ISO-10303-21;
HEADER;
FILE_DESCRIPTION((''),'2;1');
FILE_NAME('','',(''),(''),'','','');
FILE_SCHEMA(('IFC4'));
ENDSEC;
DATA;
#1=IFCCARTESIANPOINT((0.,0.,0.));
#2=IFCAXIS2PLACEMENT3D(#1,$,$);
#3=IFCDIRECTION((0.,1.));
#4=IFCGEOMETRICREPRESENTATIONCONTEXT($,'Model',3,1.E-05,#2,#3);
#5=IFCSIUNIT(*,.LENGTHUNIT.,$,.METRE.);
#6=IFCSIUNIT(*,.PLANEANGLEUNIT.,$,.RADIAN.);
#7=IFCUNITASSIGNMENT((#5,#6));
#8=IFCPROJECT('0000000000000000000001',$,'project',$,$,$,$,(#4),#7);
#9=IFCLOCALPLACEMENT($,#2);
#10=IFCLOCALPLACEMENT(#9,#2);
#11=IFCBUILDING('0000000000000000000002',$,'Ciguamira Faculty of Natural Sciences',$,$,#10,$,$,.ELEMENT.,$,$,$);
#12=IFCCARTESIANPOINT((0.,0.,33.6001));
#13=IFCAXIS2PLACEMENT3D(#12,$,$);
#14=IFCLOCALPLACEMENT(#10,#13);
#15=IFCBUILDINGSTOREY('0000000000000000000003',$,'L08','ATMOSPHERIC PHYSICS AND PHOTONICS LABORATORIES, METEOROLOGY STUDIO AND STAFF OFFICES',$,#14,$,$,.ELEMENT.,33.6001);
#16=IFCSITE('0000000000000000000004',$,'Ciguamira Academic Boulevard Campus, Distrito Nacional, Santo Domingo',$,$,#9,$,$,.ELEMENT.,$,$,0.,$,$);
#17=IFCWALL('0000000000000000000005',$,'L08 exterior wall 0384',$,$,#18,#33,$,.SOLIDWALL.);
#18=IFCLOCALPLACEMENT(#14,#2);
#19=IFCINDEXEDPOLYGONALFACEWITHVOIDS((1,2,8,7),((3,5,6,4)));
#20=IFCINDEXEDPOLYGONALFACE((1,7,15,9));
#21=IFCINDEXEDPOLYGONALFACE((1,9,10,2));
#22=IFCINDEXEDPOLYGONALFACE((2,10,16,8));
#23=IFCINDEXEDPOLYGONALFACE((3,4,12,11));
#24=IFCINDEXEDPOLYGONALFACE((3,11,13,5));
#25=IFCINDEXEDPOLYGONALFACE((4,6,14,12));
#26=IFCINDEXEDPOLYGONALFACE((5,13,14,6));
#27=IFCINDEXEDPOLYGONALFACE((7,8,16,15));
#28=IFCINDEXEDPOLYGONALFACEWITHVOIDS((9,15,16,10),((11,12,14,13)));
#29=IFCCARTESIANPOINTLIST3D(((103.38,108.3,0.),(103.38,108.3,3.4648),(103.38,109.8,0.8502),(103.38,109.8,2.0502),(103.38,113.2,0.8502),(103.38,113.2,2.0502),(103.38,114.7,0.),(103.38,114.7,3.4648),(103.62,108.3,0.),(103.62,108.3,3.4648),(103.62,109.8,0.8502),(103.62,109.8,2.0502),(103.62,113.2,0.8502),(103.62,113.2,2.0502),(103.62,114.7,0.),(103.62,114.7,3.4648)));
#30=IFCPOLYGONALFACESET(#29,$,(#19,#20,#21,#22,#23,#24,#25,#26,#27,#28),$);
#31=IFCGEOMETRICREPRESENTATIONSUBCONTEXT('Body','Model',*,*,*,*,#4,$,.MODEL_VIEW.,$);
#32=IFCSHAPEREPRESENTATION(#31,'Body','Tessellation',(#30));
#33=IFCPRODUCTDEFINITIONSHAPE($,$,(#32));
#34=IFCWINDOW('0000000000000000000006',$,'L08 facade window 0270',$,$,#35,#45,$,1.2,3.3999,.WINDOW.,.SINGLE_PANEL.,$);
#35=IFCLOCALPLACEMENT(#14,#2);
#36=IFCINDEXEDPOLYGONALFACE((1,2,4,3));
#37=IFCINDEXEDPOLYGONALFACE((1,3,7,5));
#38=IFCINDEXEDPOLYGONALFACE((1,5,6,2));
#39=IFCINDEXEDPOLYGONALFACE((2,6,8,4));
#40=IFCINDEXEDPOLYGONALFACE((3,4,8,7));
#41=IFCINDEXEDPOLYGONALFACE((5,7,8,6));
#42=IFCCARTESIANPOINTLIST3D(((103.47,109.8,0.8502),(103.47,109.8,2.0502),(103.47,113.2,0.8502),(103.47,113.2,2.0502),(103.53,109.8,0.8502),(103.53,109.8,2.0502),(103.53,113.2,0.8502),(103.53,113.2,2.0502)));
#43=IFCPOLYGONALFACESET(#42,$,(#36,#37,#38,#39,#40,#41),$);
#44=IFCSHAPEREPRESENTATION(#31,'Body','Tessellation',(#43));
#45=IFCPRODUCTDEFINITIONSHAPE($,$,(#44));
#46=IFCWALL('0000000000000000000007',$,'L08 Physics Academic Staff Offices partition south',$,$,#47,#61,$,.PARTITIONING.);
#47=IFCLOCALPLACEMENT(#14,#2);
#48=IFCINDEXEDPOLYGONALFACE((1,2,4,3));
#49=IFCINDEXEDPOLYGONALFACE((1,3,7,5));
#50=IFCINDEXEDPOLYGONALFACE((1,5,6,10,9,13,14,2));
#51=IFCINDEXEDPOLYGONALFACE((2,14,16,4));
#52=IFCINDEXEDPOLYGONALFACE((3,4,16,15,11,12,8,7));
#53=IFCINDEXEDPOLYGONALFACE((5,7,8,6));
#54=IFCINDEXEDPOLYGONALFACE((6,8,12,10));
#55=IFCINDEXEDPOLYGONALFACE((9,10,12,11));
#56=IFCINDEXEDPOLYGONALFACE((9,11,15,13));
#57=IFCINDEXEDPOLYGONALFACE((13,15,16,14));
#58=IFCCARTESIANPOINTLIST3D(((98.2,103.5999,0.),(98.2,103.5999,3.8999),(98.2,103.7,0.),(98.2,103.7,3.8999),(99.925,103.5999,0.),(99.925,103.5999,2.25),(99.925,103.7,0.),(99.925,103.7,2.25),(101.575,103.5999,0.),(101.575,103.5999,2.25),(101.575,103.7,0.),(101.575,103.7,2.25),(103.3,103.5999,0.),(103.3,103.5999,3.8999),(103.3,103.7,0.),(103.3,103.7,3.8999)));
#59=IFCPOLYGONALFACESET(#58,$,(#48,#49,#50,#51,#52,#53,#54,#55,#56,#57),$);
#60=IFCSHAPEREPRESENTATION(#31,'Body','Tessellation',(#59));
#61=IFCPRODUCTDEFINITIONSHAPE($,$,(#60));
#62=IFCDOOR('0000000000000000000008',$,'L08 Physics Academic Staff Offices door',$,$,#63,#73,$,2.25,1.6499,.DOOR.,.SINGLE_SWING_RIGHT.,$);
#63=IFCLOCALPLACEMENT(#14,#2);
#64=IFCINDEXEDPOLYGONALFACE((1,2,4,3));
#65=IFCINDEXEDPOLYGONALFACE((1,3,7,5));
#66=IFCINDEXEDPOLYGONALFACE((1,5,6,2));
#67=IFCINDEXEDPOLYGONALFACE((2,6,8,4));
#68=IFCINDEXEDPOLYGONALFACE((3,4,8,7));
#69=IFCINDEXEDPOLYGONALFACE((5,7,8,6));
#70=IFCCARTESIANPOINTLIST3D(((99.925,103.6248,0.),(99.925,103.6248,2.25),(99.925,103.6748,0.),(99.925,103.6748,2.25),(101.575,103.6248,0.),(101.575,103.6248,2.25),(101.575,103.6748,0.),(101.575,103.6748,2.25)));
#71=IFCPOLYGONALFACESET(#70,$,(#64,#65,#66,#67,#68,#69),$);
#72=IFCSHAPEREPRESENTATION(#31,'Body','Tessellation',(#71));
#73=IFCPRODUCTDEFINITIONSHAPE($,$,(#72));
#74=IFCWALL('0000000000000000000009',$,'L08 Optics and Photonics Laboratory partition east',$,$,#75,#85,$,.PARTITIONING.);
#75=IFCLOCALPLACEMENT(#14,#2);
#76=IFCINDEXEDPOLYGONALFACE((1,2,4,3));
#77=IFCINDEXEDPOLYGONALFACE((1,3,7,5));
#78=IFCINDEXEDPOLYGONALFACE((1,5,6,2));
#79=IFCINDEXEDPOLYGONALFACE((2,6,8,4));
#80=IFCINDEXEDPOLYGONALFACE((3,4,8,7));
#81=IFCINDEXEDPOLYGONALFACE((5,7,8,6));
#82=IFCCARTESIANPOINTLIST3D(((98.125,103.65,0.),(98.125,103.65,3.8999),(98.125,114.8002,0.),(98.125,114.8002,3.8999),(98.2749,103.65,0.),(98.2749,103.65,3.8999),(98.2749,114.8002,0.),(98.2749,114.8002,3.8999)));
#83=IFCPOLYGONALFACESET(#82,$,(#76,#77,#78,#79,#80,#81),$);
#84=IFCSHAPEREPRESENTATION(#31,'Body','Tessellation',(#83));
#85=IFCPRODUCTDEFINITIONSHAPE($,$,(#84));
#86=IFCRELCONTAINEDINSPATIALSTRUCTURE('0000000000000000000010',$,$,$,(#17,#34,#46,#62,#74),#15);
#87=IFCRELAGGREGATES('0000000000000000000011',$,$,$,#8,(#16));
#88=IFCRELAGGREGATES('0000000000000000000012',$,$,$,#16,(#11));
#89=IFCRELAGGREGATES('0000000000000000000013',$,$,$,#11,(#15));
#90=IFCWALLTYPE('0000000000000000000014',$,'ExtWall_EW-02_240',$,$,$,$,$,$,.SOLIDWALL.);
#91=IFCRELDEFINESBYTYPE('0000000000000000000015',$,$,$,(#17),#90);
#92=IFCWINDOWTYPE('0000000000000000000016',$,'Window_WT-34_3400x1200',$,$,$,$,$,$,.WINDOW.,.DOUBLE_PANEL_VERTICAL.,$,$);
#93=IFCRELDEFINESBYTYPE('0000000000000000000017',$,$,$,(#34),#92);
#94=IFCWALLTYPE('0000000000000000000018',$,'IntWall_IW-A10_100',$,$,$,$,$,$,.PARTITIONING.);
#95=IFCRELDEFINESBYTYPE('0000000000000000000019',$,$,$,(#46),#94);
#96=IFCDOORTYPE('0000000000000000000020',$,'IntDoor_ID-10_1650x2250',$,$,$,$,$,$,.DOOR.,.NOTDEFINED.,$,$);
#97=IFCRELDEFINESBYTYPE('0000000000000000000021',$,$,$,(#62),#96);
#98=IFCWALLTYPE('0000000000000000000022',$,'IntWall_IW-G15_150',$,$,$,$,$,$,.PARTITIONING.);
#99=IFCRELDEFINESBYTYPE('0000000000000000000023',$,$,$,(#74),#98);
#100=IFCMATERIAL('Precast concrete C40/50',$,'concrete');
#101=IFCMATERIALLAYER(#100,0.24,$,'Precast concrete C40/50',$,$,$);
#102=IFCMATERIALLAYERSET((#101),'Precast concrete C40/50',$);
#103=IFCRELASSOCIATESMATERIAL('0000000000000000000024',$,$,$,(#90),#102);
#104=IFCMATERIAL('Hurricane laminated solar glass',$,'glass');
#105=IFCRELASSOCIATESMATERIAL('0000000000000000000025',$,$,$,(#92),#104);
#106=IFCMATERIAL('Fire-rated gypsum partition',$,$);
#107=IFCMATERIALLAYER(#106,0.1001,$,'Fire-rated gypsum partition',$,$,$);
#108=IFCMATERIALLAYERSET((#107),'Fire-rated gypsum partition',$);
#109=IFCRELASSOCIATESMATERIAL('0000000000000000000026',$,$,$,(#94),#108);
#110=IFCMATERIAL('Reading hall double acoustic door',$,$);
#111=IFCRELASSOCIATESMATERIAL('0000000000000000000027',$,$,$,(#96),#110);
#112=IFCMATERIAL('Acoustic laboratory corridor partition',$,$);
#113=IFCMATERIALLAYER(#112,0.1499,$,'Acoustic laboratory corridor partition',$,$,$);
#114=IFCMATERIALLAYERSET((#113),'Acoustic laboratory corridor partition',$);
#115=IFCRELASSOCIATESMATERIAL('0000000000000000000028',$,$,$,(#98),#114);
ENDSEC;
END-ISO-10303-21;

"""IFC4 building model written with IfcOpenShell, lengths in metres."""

from ifc_helpers import new_model, si_unit, direction, frame, frame_2d, origin, place, context, subcontext, project, spatial, rectangle, extrude, material, layer, layer_set, type_object, element, fill, save


model = new_model("IFC4")

# Units and contexts
model_context = context("Model", 3, precision=1e-05, world=origin(), true_north=direction((0.0, 1.0)))
body_context = subcontext(model_context, "Body", "Model", "MODEL_VIEW")
ifc_project = project(units=[si_unit("LENGTHUNIT", "METRE"), si_unit("PLANEANGLEUNIT", "RADIAN")], contexts=[model_context])

# Site, building, storey
site_placement = place(None, origin())
site = spatial("IfcSite", under=ifc_project, at=site_placement, Name="Ciguamira Academic Boulevard Campus, Distrito Nacional, Santo Domingo", CompositionType="ELEMENT", RefElevation=0.0)
building_placement = place(site_placement, origin())
building = spatial("IfcBuilding", under=site, at=building_placement, Name="Ciguamira Faculty of Natural Sciences", CompositionType="ELEMENT")
storey_placement = place(building_placement, frame((0.0, 0.0, 33.6001)))
storey = spatial("IfcBuildingStorey", under=building, at=storey_placement, Name="L08", Description="ATMOSPHERIC PHYSICS AND PHOTONICS LABORATORIES, METEOROLOGY STUDIO AND STAFF OFFICES", CompositionType="ELEMENT", Elevation=33.6001)

# Shared definitions
ifc_material_1 = material(Name="Precast concrete C40/50", Category="concrete")

# Wall, opening, window
ifc_layer_1 = layer(ifc_material_1, 0.24, Name="Precast concrete C40/50")
ifc_layer_set_1 = layer_set([ifc_layer_1], Name="Precast concrete C40/50")
wall_type_1 = type_object("IfcWallType", Name="ExtWall_EW-02_240", PredefinedType="SOLIDWALL", material=ifc_layer_set_1)
ifc_material_2 = material(Name="Hurricane laminated solar glass", Category="glass")
wall_1_placement = place(storey_placement, frame((103.5, 108.3, 0.0), z_axis=(0.0, 0.0, 1.0), x_axis=(0.0, 1.0, 0.0)))
wall_1 = element("IfcWall", 1, at=wall_1_placement, inside=storey, type_object=wall_type_1, Name="L08 exterior wall 0384", PredefinedType="SOLIDWALL", context=body_context, shape_type="SweptSolid", body=[
    extrude(rectangle(XDim=6.3999, YDim=0.24, at=frame_2d((3.2, 0.0))), origin(), (0.0, 0.0, 1.0), 3.4648),
])
opening_1_placement = place(wall_1_placement, frame((1.5, 0.0, 0.8501)))
opening_1 = element("IfcOpeningElement", 2, at=opening_1_placement, cuts=wall_1, PredefinedType="OPENING", context=body_context, shape_type="SweptSolid", body=[
    extrude(rectangle(XDim=3.3999, YDim=1.2, at=frame_2d((1.7, 0.6001))), frame((0.0, 0.1299, 0.0), z_axis=(0.0, -1.0, 0.0), x_axis=(1.0, 0.0, 0.0)), (0.0, 0.0, 1.0), 0.26),
])
window_type_1 = type_object("IfcWindowType", Name="Window_WT-34_3400x1200", PartitioningType="DOUBLE_PANEL_VERTICAL", PredefinedType="WINDOW", material=ifc_material_2)
window_1_placement = place(opening_1_placement, origin())
window_1 = element("IfcWindow", 3, at=window_1_placement, inside=storey, type_object=window_type_1, Name="L08 facade window 0270", OverallHeight=1.2, OverallWidth=3.3999, PartitioningType="SINGLE_PANEL", PredefinedType="WINDOW", context=body_context, shape_type="SweptSolid", body=[
    extrude(rectangle(XDim=3.3999, YDim=1.2, at=frame_2d((1.7, 0.6001))), frame((0.0, 0.03, 0.0), z_axis=(0.0, -1.0, 0.0), x_axis=(1.0, 0.0, 0.0)), (0.0, 0.0, 1.0), 0.0601),
])
fill(opening_1, window_1)

# Wall, opening, door
ifc_material_3 = material(Name="Fire-rated gypsum partition")
ifc_layer_2 = layer(ifc_material_3, 0.1001, Name="Fire-rated gypsum partition")
ifc_layer_set_2 = layer_set([ifc_layer_2], Name="Fire-rated gypsum partition")
wall_type_2 = type_object("IfcWallType", Name="IntWall_IW-A10_100", PredefinedType="PARTITIONING", material=ifc_layer_set_2)
wall_2_placement = place(storey_placement, frame((98.2, 103.6499, 0.0), z_axis=(0.0, 0.0, 1.0), x_axis=(1.0, 0.0, 0.0)))
wall_2 = element("IfcWall", 4, at=wall_2_placement, inside=storey, type_object=wall_type_2, Name="L08 Physics Academic Staff Offices partition south", PredefinedType="PARTITIONING", context=body_context, shape_type="SweptSolid", body=[
    extrude(rectangle(XDim=5.1001, YDim=0.1001, at=frame_2d((2.55, 0.0))), origin(), (0.0, 0.0, 1.0), 3.8999),
])
opening_2_placement = place(wall_2_placement, frame((1.7251, 0.0, 0.0)))
opening_2 = element("IfcOpeningElement", 5, at=opening_2_placement, cuts=wall_2, PredefinedType="OPENING", context=body_context, shape_type="SweptSolid", body=[
    extrude(rectangle(XDim=1.6499, YDim=2.25, at=frame_2d((0.825, 1.125))), frame((0.0, 0.0601, 0.0), z_axis=(0.0, -1.0, 0.0), x_axis=(1.0, 0.0, 0.0)), (0.0, 0.0, 1.0), 0.1201),
])
ifc_material_4 = material(Name="Reading hall double acoustic door")
door_type = type_object("IfcDoorType", Name="IntDoor_ID-10_1650x2250", OperationType="NOTDEFINED", PredefinedType="DOOR", material=ifc_material_4)
door_placement = place(opening_2_placement, origin())
door = element("IfcDoor", 6, at=door_placement, inside=storey, type_object=door_type, Name="L08 Physics Academic Staff Offices door", OperationType="SINGLE_SWING_RIGHT", OverallHeight=2.25, OverallWidth=1.6499, PredefinedType="DOOR", context=body_context, shape_type="SweptSolid", body=[
    extrude(rectangle(XDim=1.6499, YDim=2.25, at=frame_2d((0.825, 1.125))), frame((0.0, 0.0249, 0.0), z_axis=(0.0, -1.0, 0.0), x_axis=(1.0, 0.0, 0.0)), (0.0, 0.0, 1.0), 0.05),
])
fill(opening_2, door)

# Wall
ifc_material_5 = material(Name="Acoustic laboratory corridor partition")
ifc_layer_3 = layer(ifc_material_5, 0.1499, Name="Acoustic laboratory corridor partition")
ifc_layer_set_3 = layer_set([ifc_layer_3], Name="Acoustic laboratory corridor partition")
wall_type_3 = type_object("IfcWallType", Name="IntWall_IW-G15_150", PredefinedType="PARTITIONING", material=ifc_layer_set_3)
wall_3_placement = place(storey_placement, frame((98.2, 103.6499, 0.0), z_axis=(0.0, 0.0, 1.0), x_axis=(0.0, 1.0, 0.0)))
element("IfcWall", 7, at=wall_3_placement, inside=storey, type_object=wall_type_3, Name="L08 Optics and Photonics Laboratory partition east", PredefinedType="PARTITIONING", context=body_context, shape_type="SweptSolid", body=[
    extrude(rectangle(XDim=11.1501, YDim=0.1499, at=frame_2d((5.5752, 0.0))), origin(), (0.0, 0.0, 1.0), 3.8999),
])

save(model, "model.ifc")
